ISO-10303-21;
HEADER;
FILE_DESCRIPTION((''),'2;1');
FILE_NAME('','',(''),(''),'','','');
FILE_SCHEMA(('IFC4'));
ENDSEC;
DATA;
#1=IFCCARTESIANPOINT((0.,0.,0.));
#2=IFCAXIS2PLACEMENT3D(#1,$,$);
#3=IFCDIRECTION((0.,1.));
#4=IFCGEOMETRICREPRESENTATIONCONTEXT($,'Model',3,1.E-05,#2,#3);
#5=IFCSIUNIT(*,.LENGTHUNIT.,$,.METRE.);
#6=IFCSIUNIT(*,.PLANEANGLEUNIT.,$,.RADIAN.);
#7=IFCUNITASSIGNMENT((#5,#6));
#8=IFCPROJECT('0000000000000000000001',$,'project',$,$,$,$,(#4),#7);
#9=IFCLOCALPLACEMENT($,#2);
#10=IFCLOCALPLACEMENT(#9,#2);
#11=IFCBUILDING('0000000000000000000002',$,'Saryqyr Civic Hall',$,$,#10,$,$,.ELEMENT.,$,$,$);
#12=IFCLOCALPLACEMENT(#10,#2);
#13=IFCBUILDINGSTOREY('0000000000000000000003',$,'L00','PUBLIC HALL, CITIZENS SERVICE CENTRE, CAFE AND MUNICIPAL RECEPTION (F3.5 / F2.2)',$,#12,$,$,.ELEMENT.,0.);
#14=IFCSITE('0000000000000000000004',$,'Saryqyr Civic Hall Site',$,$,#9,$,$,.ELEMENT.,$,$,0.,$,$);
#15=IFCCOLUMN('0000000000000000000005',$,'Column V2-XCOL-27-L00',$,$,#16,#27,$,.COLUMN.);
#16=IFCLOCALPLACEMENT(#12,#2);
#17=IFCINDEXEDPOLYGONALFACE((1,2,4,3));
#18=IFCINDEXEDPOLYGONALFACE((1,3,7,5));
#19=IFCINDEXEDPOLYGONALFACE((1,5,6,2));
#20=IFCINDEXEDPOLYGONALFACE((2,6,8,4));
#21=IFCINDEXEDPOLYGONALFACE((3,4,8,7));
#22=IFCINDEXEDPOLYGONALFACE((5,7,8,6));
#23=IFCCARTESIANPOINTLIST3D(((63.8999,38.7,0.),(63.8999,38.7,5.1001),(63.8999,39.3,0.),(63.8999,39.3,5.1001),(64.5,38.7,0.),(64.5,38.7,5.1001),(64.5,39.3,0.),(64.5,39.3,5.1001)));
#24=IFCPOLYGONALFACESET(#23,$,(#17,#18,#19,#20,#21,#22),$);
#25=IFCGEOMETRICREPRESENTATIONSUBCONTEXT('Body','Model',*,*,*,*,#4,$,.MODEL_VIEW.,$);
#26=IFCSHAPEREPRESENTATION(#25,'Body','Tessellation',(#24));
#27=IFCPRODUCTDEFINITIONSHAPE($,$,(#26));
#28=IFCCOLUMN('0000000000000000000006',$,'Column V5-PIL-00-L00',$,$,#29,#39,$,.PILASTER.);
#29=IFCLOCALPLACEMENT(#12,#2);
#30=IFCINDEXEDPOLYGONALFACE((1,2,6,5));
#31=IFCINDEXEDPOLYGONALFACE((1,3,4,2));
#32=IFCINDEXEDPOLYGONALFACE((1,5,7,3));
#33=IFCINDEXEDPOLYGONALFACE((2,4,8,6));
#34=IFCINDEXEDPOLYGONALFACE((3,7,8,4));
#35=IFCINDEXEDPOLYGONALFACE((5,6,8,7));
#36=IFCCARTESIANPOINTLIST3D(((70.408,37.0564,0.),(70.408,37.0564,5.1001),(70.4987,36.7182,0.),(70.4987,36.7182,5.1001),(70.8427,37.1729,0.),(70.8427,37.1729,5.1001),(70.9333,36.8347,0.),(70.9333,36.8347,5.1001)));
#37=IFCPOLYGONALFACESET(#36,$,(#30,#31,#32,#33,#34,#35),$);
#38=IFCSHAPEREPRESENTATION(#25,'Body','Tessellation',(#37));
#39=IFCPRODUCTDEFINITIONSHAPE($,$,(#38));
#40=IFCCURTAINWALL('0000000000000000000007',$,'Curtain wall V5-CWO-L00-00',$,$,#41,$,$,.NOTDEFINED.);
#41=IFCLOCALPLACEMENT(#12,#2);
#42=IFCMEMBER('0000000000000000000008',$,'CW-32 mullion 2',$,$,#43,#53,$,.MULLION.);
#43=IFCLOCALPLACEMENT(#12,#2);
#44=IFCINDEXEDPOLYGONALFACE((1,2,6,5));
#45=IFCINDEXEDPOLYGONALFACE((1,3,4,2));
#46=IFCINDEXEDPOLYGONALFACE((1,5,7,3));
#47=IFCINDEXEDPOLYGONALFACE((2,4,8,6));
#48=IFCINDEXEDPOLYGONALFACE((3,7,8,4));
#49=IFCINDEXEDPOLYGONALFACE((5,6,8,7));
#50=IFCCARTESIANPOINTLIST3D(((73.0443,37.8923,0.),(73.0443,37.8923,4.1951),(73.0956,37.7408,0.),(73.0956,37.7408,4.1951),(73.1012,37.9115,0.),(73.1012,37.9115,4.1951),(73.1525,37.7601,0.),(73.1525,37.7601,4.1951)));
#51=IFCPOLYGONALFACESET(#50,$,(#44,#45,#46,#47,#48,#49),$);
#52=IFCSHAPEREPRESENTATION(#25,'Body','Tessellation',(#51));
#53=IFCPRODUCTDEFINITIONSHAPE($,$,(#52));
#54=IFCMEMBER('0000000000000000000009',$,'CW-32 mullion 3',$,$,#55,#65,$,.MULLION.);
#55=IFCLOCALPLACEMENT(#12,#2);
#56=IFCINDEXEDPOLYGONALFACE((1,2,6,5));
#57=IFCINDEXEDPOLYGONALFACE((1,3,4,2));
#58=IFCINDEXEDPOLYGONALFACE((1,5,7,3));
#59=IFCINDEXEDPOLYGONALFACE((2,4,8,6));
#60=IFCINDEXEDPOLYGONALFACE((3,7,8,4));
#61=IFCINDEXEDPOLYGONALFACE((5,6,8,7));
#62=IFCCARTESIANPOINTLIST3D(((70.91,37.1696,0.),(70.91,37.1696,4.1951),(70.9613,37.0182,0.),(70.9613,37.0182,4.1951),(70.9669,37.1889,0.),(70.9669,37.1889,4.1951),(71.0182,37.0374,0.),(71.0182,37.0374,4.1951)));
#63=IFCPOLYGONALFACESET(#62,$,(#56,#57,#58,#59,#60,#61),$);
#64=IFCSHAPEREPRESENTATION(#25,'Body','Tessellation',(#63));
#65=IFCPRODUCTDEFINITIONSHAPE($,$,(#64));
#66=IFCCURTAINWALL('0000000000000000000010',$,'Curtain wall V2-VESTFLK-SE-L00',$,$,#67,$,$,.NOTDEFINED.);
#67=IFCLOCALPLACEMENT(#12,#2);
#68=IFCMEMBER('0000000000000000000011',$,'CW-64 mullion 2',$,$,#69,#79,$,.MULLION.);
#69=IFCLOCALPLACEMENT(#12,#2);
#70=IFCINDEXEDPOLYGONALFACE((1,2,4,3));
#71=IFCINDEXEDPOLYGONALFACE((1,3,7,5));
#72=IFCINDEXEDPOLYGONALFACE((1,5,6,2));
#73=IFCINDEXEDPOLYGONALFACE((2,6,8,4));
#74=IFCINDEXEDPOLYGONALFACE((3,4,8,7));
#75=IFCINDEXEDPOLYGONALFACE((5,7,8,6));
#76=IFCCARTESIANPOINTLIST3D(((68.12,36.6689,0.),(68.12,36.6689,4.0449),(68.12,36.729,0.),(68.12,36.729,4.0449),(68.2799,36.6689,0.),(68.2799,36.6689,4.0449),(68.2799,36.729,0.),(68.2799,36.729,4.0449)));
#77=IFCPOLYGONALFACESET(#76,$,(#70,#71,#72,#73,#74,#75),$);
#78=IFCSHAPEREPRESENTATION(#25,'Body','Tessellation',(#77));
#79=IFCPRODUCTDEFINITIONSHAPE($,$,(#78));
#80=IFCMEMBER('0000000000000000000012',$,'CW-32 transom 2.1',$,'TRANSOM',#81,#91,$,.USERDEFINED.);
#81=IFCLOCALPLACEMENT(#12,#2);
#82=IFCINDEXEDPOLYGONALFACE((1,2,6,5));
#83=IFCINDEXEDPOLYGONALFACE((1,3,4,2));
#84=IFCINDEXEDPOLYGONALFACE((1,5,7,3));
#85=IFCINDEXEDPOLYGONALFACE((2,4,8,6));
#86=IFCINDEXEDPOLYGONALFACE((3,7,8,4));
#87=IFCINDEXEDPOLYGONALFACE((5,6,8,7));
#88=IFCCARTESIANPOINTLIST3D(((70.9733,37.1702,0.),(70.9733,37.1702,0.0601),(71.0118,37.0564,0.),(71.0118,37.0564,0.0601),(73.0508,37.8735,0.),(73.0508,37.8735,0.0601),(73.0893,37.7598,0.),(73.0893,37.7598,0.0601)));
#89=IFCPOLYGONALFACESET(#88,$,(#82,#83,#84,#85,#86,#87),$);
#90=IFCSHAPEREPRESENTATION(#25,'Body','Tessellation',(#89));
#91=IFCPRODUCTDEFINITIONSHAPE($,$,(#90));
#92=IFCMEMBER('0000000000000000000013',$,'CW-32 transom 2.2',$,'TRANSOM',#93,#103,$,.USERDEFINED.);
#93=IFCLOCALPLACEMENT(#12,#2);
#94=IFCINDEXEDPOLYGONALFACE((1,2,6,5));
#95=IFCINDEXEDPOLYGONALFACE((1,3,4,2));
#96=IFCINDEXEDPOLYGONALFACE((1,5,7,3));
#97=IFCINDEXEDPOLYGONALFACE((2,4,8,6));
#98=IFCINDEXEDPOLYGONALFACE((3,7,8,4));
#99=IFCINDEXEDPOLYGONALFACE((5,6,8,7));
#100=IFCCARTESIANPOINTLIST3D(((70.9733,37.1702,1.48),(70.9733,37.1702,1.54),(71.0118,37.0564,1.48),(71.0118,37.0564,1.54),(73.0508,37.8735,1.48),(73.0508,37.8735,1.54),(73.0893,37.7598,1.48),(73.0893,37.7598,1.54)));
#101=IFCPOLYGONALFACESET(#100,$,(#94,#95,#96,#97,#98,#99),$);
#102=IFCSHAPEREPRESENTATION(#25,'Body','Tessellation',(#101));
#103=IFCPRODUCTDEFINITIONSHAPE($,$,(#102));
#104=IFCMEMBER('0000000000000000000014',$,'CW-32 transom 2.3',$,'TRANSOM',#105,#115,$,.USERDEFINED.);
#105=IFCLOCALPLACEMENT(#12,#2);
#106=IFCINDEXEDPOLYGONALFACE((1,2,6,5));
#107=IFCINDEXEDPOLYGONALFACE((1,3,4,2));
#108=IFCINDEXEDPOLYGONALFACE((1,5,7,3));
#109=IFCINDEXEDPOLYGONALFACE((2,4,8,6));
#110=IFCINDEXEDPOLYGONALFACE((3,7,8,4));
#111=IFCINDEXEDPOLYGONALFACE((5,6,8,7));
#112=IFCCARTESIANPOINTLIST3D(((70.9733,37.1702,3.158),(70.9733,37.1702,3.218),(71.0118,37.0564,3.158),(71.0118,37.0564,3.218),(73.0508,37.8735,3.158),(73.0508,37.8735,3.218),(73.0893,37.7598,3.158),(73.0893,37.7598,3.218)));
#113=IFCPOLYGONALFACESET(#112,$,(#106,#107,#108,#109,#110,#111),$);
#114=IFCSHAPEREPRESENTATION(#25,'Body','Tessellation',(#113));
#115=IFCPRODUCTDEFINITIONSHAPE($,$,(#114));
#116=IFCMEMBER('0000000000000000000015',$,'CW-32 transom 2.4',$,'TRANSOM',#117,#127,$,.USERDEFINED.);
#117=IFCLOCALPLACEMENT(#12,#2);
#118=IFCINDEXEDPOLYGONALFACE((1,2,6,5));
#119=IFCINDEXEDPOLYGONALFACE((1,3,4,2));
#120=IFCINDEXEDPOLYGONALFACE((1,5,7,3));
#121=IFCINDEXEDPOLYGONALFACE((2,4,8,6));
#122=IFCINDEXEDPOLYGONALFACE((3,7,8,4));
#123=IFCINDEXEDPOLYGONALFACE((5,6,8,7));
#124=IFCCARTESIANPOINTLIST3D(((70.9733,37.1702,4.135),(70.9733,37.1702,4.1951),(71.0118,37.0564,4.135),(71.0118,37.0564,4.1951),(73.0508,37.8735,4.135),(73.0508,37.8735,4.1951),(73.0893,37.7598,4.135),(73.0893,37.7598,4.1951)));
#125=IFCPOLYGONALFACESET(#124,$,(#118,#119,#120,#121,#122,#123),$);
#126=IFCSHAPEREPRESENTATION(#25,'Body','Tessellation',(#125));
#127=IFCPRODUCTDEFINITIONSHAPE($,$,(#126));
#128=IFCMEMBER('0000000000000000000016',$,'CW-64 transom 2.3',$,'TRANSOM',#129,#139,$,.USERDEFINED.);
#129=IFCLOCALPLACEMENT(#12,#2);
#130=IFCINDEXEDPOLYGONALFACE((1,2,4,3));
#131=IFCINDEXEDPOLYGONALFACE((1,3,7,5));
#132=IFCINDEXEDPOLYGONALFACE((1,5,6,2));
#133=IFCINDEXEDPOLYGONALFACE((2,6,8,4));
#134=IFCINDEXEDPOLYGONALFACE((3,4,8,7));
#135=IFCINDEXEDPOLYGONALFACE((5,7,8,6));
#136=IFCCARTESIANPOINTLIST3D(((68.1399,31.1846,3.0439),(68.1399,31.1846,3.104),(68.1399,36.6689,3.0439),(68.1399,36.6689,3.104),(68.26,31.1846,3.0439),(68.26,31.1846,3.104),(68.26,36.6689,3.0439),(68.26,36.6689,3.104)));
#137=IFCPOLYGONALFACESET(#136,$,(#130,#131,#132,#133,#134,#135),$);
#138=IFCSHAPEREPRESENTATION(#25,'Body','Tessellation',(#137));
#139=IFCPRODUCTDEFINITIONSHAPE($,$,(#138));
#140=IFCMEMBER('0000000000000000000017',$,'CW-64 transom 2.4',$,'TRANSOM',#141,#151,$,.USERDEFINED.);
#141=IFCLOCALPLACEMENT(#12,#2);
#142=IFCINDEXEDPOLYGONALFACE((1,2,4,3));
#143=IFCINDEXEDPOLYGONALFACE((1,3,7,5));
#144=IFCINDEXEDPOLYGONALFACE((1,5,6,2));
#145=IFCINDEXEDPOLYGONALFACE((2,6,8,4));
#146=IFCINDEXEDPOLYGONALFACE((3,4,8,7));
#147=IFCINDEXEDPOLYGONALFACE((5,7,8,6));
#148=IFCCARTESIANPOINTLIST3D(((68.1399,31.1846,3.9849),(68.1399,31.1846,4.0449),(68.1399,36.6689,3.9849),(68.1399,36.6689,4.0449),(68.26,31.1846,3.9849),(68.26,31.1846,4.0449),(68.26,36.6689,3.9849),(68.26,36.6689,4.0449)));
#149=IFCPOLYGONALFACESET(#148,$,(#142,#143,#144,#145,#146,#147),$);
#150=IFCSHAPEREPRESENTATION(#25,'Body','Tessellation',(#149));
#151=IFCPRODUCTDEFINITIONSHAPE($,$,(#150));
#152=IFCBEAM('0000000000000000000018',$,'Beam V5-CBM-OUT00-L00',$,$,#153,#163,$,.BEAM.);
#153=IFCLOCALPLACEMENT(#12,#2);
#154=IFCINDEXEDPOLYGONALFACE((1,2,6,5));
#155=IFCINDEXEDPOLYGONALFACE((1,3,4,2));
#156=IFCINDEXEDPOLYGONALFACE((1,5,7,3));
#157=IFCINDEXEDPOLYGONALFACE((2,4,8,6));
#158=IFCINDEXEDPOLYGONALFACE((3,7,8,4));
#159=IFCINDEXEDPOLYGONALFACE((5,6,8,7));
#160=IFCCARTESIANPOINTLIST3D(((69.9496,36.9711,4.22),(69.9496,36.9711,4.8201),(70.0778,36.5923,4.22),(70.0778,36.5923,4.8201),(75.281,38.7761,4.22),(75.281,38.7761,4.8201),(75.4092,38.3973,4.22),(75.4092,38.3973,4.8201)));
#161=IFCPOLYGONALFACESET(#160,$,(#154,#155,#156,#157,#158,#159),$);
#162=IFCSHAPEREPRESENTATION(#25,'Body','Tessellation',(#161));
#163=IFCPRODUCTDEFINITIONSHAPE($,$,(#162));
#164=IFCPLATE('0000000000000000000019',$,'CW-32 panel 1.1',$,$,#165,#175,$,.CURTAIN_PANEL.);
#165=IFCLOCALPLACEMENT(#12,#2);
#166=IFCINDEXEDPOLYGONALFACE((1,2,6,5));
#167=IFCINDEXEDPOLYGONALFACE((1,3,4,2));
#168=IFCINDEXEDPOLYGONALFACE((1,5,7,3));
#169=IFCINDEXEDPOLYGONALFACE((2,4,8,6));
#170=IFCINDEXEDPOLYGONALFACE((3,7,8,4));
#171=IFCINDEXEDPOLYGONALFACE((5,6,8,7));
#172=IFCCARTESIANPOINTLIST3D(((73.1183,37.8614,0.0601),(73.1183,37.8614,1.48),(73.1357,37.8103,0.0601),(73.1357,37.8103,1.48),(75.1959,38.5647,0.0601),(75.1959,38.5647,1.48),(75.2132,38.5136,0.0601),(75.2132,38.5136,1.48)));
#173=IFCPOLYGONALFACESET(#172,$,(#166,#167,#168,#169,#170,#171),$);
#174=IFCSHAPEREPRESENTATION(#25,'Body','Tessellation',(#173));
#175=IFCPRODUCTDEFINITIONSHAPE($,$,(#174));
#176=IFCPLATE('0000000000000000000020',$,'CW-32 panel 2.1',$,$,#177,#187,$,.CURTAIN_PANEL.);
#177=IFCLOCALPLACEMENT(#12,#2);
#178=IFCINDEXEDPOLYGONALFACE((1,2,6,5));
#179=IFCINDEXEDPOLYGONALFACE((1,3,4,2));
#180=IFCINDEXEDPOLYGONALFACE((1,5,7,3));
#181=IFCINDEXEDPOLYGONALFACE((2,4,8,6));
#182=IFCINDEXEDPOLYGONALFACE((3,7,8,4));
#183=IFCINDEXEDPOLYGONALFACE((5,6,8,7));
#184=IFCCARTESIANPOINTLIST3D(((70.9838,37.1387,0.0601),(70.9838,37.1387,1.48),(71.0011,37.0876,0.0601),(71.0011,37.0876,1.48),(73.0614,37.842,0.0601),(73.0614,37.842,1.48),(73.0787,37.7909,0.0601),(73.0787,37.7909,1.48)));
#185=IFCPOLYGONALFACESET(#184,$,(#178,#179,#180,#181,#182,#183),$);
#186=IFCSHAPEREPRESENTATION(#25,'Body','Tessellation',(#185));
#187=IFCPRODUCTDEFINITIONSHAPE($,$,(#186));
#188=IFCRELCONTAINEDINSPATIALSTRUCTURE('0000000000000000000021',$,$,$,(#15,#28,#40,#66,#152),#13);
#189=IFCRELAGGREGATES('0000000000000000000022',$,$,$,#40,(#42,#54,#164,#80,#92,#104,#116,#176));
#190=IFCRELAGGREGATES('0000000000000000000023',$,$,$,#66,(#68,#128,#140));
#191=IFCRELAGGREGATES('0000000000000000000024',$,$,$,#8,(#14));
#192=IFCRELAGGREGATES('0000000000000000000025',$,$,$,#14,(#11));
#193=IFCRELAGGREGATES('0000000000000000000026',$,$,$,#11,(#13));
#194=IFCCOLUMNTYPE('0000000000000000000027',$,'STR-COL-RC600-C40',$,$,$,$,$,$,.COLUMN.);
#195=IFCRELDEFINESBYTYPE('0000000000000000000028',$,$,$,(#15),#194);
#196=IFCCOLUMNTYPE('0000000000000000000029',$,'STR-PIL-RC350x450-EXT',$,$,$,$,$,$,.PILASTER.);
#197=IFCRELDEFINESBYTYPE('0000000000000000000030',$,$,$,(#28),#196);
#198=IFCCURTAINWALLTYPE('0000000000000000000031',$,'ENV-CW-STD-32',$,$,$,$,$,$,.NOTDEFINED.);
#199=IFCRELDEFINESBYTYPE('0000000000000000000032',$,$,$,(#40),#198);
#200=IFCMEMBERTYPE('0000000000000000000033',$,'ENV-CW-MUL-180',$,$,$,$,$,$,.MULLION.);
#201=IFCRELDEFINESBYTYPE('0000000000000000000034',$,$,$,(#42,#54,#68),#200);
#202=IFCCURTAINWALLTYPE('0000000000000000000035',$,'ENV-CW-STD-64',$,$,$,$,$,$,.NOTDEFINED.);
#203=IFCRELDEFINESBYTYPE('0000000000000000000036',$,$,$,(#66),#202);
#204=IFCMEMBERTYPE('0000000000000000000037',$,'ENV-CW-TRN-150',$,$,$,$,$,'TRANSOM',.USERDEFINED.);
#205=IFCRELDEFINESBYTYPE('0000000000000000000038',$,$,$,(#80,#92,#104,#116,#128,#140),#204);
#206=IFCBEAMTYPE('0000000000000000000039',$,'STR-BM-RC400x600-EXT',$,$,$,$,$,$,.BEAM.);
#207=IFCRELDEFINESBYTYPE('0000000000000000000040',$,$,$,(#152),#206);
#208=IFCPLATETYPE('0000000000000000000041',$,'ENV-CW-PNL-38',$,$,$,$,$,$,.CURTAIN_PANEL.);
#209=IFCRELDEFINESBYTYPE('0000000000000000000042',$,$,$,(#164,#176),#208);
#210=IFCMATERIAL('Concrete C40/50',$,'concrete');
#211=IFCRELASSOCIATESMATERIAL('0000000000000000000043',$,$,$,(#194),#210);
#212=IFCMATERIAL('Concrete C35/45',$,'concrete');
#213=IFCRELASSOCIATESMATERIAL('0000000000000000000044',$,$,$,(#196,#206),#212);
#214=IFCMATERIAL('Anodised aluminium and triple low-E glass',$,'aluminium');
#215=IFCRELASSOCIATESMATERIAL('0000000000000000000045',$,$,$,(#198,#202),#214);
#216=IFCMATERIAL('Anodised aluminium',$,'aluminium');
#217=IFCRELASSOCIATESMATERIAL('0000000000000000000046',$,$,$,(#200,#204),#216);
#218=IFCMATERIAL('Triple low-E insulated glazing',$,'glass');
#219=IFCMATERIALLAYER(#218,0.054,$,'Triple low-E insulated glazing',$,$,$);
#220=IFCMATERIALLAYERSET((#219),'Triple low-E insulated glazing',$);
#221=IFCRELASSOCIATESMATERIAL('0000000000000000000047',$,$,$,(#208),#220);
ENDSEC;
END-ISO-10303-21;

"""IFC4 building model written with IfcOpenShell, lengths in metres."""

from ifc_helpers import new_model, si_unit, direction, frame, origin, origin_2d, place, context, subcontext, project, spatial, rectangle, extrude, material, layer, layer_set, material_profile, profile_set, type_object, element, aggregate, save


model = new_model("IFC4")

# Units and contexts
model_context = context("Model", 3, precision=1e-05, world=origin(), true_north=direction((0.0, 1.0)))
body_context = subcontext(model_context, "Body", "Model", "MODEL_VIEW")
ifc_project = project(units=[si_unit("LENGTHUNIT", "METRE"), si_unit("PLANEANGLEUNIT", "RADIAN")], contexts=[model_context])

# Site, building, storey
site_placement = place(None, origin())
site = spatial("IfcSite", under=ifc_project, at=site_placement, Name="Saryqyr Civic Hall Site", CompositionType="ELEMENT", RefElevation=0.0)
building_placement = place(site_placement, origin())
building = spatial("IfcBuilding", under=site, at=building_placement, Name="Saryqyr Civic Hall", CompositionType="ELEMENT")
storey_placement = place(building_placement, origin())
storey = spatial("IfcBuildingStorey", under=building, at=storey_placement, Name="L00", Description="PUBLIC HALL, CITIZENS SERVICE CENTRE, CAFE AND MUNICIPAL RECEPTION (F3.5 / F2.2)", CompositionType="ELEMENT", Elevation=0.0)

# Columns
ifc_material_1 = material(Name="Concrete C40/50", Category="concrete")
ifc_material_profile_1 = material_profile(ifc_material_1, rectangle(XDim=0.6001, YDim=0.6001, at=origin_2d()), Name="RC 600x600")
ifc_profile_set_1 = profile_set([ifc_material_profile_1], Name="Concrete C40/50")
column_type_1 = type_object("IfcColumnType", Name="STR-COL-RC600-C40", PredefinedType="COLUMN", material=ifc_profile_set_1)
column_1_placement = place(storey_placement, frame((64.2, 39.0, 0.0), z_axis=(0.0, 0.0, 1.0), x_axis=(1.0, 0.0, 0.0)))
element("IfcColumn", 1, at=column_1_placement, inside=storey, type_object=column_type_1, Name="Column V2-XCOL-27-L00", PredefinedType="COLUMN", context=body_context, shape_type="SweptSolid", body=[
    extrude(rectangle(XDim=0.6001, YDim=0.6001, at=origin_2d()), origin(), (0.0, 0.0, 1.0), 5.1001),
])
ifc_material_2 = material(Name="Concrete C35/45", Category="concrete")
ifc_material_profile_2 = material_profile(ifc_material_2, rectangle(XDim=0.3501, YDim=0.45, at=origin_2d()), Name="RC 350x450")
ifc_profile_set_2 = profile_set([ifc_material_profile_2], Name="Concrete C35/45")
column_type_2 = type_object("IfcColumnType", Name="STR-PIL-RC350x450-EXT", PredefinedType="PILASTER", material=ifc_profile_set_2)
column_2_placement = place(storey_placement, frame((70.6707, 36.9456, 0.0), z_axis=(0.0, 0.0, 1.0), x_axis=(0.258819, -0.965926, 0.0)))
element("IfcColumn", 2, at=column_2_placement, inside=storey, type_object=column_type_2, Name="Column V5-PIL-00-L00", PredefinedType="PILASTER", context=body_context, shape_type="SweptSolid", body=[
    extrude(rectangle(XDim=0.3501, YDim=0.45, at=origin_2d()), origin(), (0.0, 0.0, 1.0), 5.1001),
])

# Curtain wall, members
ifc_material_3 = material(Name="Anodised aluminium and triple low-E glass", Category="aluminium")
curtain_wall_type_1 = type_object("IfcCurtainWallType", Name="ENV-CW-STD-32", PredefinedType="NOTDEFINED", material=ifc_material_3)
curtain_wall_1_placement = place(storey_placement, origin())
curtain_wall_1 = element("IfcCurtainWall", 3, at=curtain_wall_1_placement, inside=storey, type_object=curtain_wall_type_1, Name="Curtain wall V5-CWO-L00-00", PredefinedType="NOTDEFINED")
ifc_material_4 = material(Name="Anodised aluminium", Category="aluminium")
ifc_material_profile_3 = material_profile(ifc_material_4, rectangle(XDim=0.0601, YDim=0.1599, at=origin_2d()), Name="ALU MULLION 60x160")
ifc_profile_set_3 = profile_set([ifc_material_profile_3], Name="Anodised aluminium")
member_type_1 = type_object("IfcMemberType", Name="ENV-CW-MUL-180", PredefinedType="MULLION", material=ifc_profile_set_3)
member_1_placement = place(storey_placement, frame((73.0984, 37.8262, 0.0), z_axis=(0.0, 0.0, 1.0), x_axis=(-0.947197, -0.320652, 0.0)))
member_1 = element("IfcMember", 4, at=member_1_placement, type_object=member_type_1, Name="CW-32 mullion 2", PredefinedType="MULLION", context=body_context, shape_type="SweptSolid", body=[
    extrude(rectangle(XDim=0.0601, YDim=0.1599, at=origin_2d()), origin(), (0.0, 0.0, 1.0), 4.1951),
])
member_2_placement = place(storey_placement, frame((70.9641, 37.1035, 0.0), z_axis=(0.0, 0.0, 1.0), x_axis=(-0.947197, -0.320652, 0.0)))
member_2 = element("IfcMember", 5, at=member_2_placement, type_object=member_type_1, Name="CW-32 mullion 3", PredefinedType="MULLION", context=body_context, shape_type="SweptSolid", body=[
    extrude(rectangle(XDim=0.0601, YDim=0.1599, at=origin_2d()), origin(), (0.0, 0.0, 1.0), 4.1951),
])

# Curtain wall, member
curtain_wall_type_2 = type_object("IfcCurtainWallType", Name="ENV-CW-STD-64", PredefinedType="NOTDEFINED", material=ifc_material_3)
curtain_wall_2_placement = place(storey_placement, origin())
curtain_wall_2 = element("IfcCurtainWall", 6, at=curtain_wall_2_placement, inside=storey, type_object=curtain_wall_type_2, Name="Curtain wall V2-VESTFLK-SE-L00", PredefinedType="NOTDEFINED")
member_3_placement = place(storey_placement, frame((68.2, 36.699, 0.0), z_axis=(0.0, 0.0, 1.0), x_axis=(0.0, -1.0, 0.0)))
member_3 = element("IfcMember", 7, at=member_3_placement, type_object=member_type_1, Name="CW-64 mullion 2", PredefinedType="MULLION", context=body_context, shape_type="SweptSolid", body=[
    extrude(rectangle(XDim=0.0601, YDim=0.1599, at=origin_2d()), origin(), (0.0, 0.0, 1.0), 4.0449),
])

# Members
ifc_material_profile_4 = material_profile(ifc_material_4, rectangle(XDim=0.1201, YDim=0.0601, at=origin_2d()), Name="ALU TRANSOM 120x60")
ifc_profile_set_4 = profile_set([ifc_material_profile_4], Name="Anodised aluminium")
member_type_2 = type_object("IfcMemberType", Name="ENV-CW-TRN-150", ElementType="TRANSOM", PredefinedType="USERDEFINED", material=ifc_profile_set_4)
member_4_placement = place(storey_placement, frame((73.0701, 37.8167, 0.03), z_axis=(-0.947193, -0.320665, 0.0), x_axis=(0.320665, -0.947193, 0.0)))
member_4 = element("IfcMember", 8, at=member_4_placement, type_object=member_type_2, Name="CW-32 transom 2.1", ObjectType="TRANSOM", PredefinedType="USERDEFINED", context=body_context, shape_type="SweptSolid", body=[
    extrude(rectangle(XDim=0.1201, YDim=0.0601, at=origin_2d()), origin(), (0.0, 0.0, 1.0), 2.1934),
])
member_5_placement = place(storey_placement, frame((73.0701, 37.8167, 1.51), z_axis=(-0.947193, -0.320665, 0.0), x_axis=(0.320665, -0.947193, 0.0)))
member_5 = element("IfcMember", 9, at=member_5_placement, type_object=member_type_2, Name="CW-32 transom 2.2", ObjectType="TRANSOM", PredefinedType="USERDEFINED", context=body_context, shape_type="SweptSolid", body=[
    extrude(rectangle(XDim=0.1201, YDim=0.0601, at=origin_2d()), origin(), (0.0, 0.0, 1.0), 2.1934),
])
member_6_placement = place(storey_placement, frame((73.0701, 37.8167, 3.188), z_axis=(-0.947193, -0.320665, 0.0), x_axis=(0.320665, -0.947193, 0.0)))
member_6 = element("IfcMember", 10, at=member_6_placement, type_object=member_type_2, Name="CW-32 transom 2.3", ObjectType="TRANSOM", PredefinedType="USERDEFINED", context=body_context, shape_type="SweptSolid", body=[
    extrude(rectangle(XDim=0.1201, YDim=0.0601, at=origin_2d()), origin(), (0.0, 0.0, 1.0), 2.1934),
])
member_7_placement = place(storey_placement, frame((73.0701, 37.8167, 4.165), z_axis=(-0.947193, -0.320665, 0.0), x_axis=(0.320665, -0.947193, 0.0)))
member_7 = element("IfcMember", 11, at=member_7_placement, type_object=member_type_2, Name="CW-32 transom 2.4", ObjectType="TRANSOM", PredefinedType="USERDEFINED", context=body_context, shape_type="SweptSolid", body=[
    extrude(rectangle(XDim=0.1201, YDim=0.0601, at=origin_2d()), origin(), (0.0, 0.0, 1.0), 2.1934),
])
member_8_placement = place(storey_placement, frame((68.2, 36.6689, 3.074), z_axis=(0.0, -1.0, 0.0), x_axis=(1.0, 0.0, 0.0)))
member_8 = element("IfcMember", 12, at=member_8_placement, type_object=member_type_2, Name="CW-64 transom 2.3", ObjectType="TRANSOM", PredefinedType="USERDEFINED", context=body_context, shape_type="SweptSolid", body=[
    extrude(rectangle(XDim=0.1201, YDim=0.0601, at=origin_2d()), origin(), (0.0, 0.0, 1.0), 5.4844),
])
member_9_placement = place(storey_placement, frame((68.2, 36.6689, 4.0149), z_axis=(0.0, -1.0, 0.0), x_axis=(1.0, 0.0, 0.0)))
member_9 = element("IfcMember", 13, at=member_9_placement, type_object=member_type_2, Name="CW-64 transom 2.4", ObjectType="TRANSOM", PredefinedType="USERDEFINED", context=body_context, shape_type="SweptSolid", body=[
    extrude(rectangle(XDim=0.1201, YDim=0.0601, at=origin_2d()), origin(), (0.0, 0.0, 1.0), 5.4844),
])

# Beam
ifc_material_profile_5 = material_profile(ifc_material_2, rectangle(XDim=0.3999, YDim=0.6001, at=origin_2d()), Name="RC 400x600")
ifc_profile_set_5 = profile_set([ifc_material_profile_5], Name="Concrete C35/45")
beam_type = type_object("IfcBeamType", Name="STR-BM-RC400x600-EXT", PredefinedType="BEAM", material=ifc_profile_set_5)
beam_placement = place(storey_placement, frame((70.0137, 36.7817, 4.52), z_axis=(0.947189, 0.320675, 0.0), x_axis=(-0.320675, 0.947189, 0.0)))
element("IfcBeam", 14, at=beam_placement, inside=storey, type_object=beam_type, Name="Beam V5-CBM-OUT00-L00", PredefinedType="BEAM", context=body_context, shape_type="SweptSolid", body=[
    extrude(rectangle(XDim=0.3999, YDim=0.6001, at=origin_2d()), origin(), (0.0, 0.0, 1.0), 5.6287),
])

# Plates
ifc_material_5 = material(Name="Triple low-E insulated glazing", Category="glass")
ifc_layer = layer(ifc_material_5, 0.054, Name="Triple low-E insulated glazing")
ifc_layer_set = layer_set([ifc_layer], Name="Triple low-E insulated glazing")
plate_type = type_object("IfcPlateType", Name="ENV-CW-PNL-38", PredefinedType="CURTAIN_PANEL", material=ifc_layer_set)
plate_1_placement = place(storey_placement, frame((74.1658, 38.1875, 0.0601), z_axis=(0.0, 0.0, 1.0), x_axis=(-0.947197, -0.320652, 0.0)))
plate_1 = element("IfcPlate", 15, at=plate_1_placement, type_object=plate_type, Name="CW-32 panel 1.1", PredefinedType="CURTAIN_PANEL", context=body_context, shape_type="SweptSolid", body=[
    extrude(rectangle(XDim=2.1934, YDim=0.054, at=origin_2d()), origin(), (0.0, 0.0, 1.0), 1.4199),
])
plate_2_placement = place(storey_placement, frame((72.0312, 37.4648, 0.0601), z_axis=(0.0, 0.0, 1.0), x_axis=(-0.947197, -0.320652, 0.0)))
plate_2 = element("IfcPlate", 16, at=plate_2_placement, type_object=plate_type, Name="CW-32 panel 2.1", PredefinedType="CURTAIN_PANEL", context=body_context, shape_type="SweptSolid", body=[
    extrude(rectangle(XDim=2.1934, YDim=0.054, at=origin_2d()), origin(), (0.0, 0.0, 1.0), 1.4199),
])
aggregate(curtain_wall_1, [member_1, member_2, plate_1, member_4, member_5, member_6, member_7, plate_2])
aggregate(curtain_wall_2, [member_3, member_8, member_9])

save(model, "model.ifc")
